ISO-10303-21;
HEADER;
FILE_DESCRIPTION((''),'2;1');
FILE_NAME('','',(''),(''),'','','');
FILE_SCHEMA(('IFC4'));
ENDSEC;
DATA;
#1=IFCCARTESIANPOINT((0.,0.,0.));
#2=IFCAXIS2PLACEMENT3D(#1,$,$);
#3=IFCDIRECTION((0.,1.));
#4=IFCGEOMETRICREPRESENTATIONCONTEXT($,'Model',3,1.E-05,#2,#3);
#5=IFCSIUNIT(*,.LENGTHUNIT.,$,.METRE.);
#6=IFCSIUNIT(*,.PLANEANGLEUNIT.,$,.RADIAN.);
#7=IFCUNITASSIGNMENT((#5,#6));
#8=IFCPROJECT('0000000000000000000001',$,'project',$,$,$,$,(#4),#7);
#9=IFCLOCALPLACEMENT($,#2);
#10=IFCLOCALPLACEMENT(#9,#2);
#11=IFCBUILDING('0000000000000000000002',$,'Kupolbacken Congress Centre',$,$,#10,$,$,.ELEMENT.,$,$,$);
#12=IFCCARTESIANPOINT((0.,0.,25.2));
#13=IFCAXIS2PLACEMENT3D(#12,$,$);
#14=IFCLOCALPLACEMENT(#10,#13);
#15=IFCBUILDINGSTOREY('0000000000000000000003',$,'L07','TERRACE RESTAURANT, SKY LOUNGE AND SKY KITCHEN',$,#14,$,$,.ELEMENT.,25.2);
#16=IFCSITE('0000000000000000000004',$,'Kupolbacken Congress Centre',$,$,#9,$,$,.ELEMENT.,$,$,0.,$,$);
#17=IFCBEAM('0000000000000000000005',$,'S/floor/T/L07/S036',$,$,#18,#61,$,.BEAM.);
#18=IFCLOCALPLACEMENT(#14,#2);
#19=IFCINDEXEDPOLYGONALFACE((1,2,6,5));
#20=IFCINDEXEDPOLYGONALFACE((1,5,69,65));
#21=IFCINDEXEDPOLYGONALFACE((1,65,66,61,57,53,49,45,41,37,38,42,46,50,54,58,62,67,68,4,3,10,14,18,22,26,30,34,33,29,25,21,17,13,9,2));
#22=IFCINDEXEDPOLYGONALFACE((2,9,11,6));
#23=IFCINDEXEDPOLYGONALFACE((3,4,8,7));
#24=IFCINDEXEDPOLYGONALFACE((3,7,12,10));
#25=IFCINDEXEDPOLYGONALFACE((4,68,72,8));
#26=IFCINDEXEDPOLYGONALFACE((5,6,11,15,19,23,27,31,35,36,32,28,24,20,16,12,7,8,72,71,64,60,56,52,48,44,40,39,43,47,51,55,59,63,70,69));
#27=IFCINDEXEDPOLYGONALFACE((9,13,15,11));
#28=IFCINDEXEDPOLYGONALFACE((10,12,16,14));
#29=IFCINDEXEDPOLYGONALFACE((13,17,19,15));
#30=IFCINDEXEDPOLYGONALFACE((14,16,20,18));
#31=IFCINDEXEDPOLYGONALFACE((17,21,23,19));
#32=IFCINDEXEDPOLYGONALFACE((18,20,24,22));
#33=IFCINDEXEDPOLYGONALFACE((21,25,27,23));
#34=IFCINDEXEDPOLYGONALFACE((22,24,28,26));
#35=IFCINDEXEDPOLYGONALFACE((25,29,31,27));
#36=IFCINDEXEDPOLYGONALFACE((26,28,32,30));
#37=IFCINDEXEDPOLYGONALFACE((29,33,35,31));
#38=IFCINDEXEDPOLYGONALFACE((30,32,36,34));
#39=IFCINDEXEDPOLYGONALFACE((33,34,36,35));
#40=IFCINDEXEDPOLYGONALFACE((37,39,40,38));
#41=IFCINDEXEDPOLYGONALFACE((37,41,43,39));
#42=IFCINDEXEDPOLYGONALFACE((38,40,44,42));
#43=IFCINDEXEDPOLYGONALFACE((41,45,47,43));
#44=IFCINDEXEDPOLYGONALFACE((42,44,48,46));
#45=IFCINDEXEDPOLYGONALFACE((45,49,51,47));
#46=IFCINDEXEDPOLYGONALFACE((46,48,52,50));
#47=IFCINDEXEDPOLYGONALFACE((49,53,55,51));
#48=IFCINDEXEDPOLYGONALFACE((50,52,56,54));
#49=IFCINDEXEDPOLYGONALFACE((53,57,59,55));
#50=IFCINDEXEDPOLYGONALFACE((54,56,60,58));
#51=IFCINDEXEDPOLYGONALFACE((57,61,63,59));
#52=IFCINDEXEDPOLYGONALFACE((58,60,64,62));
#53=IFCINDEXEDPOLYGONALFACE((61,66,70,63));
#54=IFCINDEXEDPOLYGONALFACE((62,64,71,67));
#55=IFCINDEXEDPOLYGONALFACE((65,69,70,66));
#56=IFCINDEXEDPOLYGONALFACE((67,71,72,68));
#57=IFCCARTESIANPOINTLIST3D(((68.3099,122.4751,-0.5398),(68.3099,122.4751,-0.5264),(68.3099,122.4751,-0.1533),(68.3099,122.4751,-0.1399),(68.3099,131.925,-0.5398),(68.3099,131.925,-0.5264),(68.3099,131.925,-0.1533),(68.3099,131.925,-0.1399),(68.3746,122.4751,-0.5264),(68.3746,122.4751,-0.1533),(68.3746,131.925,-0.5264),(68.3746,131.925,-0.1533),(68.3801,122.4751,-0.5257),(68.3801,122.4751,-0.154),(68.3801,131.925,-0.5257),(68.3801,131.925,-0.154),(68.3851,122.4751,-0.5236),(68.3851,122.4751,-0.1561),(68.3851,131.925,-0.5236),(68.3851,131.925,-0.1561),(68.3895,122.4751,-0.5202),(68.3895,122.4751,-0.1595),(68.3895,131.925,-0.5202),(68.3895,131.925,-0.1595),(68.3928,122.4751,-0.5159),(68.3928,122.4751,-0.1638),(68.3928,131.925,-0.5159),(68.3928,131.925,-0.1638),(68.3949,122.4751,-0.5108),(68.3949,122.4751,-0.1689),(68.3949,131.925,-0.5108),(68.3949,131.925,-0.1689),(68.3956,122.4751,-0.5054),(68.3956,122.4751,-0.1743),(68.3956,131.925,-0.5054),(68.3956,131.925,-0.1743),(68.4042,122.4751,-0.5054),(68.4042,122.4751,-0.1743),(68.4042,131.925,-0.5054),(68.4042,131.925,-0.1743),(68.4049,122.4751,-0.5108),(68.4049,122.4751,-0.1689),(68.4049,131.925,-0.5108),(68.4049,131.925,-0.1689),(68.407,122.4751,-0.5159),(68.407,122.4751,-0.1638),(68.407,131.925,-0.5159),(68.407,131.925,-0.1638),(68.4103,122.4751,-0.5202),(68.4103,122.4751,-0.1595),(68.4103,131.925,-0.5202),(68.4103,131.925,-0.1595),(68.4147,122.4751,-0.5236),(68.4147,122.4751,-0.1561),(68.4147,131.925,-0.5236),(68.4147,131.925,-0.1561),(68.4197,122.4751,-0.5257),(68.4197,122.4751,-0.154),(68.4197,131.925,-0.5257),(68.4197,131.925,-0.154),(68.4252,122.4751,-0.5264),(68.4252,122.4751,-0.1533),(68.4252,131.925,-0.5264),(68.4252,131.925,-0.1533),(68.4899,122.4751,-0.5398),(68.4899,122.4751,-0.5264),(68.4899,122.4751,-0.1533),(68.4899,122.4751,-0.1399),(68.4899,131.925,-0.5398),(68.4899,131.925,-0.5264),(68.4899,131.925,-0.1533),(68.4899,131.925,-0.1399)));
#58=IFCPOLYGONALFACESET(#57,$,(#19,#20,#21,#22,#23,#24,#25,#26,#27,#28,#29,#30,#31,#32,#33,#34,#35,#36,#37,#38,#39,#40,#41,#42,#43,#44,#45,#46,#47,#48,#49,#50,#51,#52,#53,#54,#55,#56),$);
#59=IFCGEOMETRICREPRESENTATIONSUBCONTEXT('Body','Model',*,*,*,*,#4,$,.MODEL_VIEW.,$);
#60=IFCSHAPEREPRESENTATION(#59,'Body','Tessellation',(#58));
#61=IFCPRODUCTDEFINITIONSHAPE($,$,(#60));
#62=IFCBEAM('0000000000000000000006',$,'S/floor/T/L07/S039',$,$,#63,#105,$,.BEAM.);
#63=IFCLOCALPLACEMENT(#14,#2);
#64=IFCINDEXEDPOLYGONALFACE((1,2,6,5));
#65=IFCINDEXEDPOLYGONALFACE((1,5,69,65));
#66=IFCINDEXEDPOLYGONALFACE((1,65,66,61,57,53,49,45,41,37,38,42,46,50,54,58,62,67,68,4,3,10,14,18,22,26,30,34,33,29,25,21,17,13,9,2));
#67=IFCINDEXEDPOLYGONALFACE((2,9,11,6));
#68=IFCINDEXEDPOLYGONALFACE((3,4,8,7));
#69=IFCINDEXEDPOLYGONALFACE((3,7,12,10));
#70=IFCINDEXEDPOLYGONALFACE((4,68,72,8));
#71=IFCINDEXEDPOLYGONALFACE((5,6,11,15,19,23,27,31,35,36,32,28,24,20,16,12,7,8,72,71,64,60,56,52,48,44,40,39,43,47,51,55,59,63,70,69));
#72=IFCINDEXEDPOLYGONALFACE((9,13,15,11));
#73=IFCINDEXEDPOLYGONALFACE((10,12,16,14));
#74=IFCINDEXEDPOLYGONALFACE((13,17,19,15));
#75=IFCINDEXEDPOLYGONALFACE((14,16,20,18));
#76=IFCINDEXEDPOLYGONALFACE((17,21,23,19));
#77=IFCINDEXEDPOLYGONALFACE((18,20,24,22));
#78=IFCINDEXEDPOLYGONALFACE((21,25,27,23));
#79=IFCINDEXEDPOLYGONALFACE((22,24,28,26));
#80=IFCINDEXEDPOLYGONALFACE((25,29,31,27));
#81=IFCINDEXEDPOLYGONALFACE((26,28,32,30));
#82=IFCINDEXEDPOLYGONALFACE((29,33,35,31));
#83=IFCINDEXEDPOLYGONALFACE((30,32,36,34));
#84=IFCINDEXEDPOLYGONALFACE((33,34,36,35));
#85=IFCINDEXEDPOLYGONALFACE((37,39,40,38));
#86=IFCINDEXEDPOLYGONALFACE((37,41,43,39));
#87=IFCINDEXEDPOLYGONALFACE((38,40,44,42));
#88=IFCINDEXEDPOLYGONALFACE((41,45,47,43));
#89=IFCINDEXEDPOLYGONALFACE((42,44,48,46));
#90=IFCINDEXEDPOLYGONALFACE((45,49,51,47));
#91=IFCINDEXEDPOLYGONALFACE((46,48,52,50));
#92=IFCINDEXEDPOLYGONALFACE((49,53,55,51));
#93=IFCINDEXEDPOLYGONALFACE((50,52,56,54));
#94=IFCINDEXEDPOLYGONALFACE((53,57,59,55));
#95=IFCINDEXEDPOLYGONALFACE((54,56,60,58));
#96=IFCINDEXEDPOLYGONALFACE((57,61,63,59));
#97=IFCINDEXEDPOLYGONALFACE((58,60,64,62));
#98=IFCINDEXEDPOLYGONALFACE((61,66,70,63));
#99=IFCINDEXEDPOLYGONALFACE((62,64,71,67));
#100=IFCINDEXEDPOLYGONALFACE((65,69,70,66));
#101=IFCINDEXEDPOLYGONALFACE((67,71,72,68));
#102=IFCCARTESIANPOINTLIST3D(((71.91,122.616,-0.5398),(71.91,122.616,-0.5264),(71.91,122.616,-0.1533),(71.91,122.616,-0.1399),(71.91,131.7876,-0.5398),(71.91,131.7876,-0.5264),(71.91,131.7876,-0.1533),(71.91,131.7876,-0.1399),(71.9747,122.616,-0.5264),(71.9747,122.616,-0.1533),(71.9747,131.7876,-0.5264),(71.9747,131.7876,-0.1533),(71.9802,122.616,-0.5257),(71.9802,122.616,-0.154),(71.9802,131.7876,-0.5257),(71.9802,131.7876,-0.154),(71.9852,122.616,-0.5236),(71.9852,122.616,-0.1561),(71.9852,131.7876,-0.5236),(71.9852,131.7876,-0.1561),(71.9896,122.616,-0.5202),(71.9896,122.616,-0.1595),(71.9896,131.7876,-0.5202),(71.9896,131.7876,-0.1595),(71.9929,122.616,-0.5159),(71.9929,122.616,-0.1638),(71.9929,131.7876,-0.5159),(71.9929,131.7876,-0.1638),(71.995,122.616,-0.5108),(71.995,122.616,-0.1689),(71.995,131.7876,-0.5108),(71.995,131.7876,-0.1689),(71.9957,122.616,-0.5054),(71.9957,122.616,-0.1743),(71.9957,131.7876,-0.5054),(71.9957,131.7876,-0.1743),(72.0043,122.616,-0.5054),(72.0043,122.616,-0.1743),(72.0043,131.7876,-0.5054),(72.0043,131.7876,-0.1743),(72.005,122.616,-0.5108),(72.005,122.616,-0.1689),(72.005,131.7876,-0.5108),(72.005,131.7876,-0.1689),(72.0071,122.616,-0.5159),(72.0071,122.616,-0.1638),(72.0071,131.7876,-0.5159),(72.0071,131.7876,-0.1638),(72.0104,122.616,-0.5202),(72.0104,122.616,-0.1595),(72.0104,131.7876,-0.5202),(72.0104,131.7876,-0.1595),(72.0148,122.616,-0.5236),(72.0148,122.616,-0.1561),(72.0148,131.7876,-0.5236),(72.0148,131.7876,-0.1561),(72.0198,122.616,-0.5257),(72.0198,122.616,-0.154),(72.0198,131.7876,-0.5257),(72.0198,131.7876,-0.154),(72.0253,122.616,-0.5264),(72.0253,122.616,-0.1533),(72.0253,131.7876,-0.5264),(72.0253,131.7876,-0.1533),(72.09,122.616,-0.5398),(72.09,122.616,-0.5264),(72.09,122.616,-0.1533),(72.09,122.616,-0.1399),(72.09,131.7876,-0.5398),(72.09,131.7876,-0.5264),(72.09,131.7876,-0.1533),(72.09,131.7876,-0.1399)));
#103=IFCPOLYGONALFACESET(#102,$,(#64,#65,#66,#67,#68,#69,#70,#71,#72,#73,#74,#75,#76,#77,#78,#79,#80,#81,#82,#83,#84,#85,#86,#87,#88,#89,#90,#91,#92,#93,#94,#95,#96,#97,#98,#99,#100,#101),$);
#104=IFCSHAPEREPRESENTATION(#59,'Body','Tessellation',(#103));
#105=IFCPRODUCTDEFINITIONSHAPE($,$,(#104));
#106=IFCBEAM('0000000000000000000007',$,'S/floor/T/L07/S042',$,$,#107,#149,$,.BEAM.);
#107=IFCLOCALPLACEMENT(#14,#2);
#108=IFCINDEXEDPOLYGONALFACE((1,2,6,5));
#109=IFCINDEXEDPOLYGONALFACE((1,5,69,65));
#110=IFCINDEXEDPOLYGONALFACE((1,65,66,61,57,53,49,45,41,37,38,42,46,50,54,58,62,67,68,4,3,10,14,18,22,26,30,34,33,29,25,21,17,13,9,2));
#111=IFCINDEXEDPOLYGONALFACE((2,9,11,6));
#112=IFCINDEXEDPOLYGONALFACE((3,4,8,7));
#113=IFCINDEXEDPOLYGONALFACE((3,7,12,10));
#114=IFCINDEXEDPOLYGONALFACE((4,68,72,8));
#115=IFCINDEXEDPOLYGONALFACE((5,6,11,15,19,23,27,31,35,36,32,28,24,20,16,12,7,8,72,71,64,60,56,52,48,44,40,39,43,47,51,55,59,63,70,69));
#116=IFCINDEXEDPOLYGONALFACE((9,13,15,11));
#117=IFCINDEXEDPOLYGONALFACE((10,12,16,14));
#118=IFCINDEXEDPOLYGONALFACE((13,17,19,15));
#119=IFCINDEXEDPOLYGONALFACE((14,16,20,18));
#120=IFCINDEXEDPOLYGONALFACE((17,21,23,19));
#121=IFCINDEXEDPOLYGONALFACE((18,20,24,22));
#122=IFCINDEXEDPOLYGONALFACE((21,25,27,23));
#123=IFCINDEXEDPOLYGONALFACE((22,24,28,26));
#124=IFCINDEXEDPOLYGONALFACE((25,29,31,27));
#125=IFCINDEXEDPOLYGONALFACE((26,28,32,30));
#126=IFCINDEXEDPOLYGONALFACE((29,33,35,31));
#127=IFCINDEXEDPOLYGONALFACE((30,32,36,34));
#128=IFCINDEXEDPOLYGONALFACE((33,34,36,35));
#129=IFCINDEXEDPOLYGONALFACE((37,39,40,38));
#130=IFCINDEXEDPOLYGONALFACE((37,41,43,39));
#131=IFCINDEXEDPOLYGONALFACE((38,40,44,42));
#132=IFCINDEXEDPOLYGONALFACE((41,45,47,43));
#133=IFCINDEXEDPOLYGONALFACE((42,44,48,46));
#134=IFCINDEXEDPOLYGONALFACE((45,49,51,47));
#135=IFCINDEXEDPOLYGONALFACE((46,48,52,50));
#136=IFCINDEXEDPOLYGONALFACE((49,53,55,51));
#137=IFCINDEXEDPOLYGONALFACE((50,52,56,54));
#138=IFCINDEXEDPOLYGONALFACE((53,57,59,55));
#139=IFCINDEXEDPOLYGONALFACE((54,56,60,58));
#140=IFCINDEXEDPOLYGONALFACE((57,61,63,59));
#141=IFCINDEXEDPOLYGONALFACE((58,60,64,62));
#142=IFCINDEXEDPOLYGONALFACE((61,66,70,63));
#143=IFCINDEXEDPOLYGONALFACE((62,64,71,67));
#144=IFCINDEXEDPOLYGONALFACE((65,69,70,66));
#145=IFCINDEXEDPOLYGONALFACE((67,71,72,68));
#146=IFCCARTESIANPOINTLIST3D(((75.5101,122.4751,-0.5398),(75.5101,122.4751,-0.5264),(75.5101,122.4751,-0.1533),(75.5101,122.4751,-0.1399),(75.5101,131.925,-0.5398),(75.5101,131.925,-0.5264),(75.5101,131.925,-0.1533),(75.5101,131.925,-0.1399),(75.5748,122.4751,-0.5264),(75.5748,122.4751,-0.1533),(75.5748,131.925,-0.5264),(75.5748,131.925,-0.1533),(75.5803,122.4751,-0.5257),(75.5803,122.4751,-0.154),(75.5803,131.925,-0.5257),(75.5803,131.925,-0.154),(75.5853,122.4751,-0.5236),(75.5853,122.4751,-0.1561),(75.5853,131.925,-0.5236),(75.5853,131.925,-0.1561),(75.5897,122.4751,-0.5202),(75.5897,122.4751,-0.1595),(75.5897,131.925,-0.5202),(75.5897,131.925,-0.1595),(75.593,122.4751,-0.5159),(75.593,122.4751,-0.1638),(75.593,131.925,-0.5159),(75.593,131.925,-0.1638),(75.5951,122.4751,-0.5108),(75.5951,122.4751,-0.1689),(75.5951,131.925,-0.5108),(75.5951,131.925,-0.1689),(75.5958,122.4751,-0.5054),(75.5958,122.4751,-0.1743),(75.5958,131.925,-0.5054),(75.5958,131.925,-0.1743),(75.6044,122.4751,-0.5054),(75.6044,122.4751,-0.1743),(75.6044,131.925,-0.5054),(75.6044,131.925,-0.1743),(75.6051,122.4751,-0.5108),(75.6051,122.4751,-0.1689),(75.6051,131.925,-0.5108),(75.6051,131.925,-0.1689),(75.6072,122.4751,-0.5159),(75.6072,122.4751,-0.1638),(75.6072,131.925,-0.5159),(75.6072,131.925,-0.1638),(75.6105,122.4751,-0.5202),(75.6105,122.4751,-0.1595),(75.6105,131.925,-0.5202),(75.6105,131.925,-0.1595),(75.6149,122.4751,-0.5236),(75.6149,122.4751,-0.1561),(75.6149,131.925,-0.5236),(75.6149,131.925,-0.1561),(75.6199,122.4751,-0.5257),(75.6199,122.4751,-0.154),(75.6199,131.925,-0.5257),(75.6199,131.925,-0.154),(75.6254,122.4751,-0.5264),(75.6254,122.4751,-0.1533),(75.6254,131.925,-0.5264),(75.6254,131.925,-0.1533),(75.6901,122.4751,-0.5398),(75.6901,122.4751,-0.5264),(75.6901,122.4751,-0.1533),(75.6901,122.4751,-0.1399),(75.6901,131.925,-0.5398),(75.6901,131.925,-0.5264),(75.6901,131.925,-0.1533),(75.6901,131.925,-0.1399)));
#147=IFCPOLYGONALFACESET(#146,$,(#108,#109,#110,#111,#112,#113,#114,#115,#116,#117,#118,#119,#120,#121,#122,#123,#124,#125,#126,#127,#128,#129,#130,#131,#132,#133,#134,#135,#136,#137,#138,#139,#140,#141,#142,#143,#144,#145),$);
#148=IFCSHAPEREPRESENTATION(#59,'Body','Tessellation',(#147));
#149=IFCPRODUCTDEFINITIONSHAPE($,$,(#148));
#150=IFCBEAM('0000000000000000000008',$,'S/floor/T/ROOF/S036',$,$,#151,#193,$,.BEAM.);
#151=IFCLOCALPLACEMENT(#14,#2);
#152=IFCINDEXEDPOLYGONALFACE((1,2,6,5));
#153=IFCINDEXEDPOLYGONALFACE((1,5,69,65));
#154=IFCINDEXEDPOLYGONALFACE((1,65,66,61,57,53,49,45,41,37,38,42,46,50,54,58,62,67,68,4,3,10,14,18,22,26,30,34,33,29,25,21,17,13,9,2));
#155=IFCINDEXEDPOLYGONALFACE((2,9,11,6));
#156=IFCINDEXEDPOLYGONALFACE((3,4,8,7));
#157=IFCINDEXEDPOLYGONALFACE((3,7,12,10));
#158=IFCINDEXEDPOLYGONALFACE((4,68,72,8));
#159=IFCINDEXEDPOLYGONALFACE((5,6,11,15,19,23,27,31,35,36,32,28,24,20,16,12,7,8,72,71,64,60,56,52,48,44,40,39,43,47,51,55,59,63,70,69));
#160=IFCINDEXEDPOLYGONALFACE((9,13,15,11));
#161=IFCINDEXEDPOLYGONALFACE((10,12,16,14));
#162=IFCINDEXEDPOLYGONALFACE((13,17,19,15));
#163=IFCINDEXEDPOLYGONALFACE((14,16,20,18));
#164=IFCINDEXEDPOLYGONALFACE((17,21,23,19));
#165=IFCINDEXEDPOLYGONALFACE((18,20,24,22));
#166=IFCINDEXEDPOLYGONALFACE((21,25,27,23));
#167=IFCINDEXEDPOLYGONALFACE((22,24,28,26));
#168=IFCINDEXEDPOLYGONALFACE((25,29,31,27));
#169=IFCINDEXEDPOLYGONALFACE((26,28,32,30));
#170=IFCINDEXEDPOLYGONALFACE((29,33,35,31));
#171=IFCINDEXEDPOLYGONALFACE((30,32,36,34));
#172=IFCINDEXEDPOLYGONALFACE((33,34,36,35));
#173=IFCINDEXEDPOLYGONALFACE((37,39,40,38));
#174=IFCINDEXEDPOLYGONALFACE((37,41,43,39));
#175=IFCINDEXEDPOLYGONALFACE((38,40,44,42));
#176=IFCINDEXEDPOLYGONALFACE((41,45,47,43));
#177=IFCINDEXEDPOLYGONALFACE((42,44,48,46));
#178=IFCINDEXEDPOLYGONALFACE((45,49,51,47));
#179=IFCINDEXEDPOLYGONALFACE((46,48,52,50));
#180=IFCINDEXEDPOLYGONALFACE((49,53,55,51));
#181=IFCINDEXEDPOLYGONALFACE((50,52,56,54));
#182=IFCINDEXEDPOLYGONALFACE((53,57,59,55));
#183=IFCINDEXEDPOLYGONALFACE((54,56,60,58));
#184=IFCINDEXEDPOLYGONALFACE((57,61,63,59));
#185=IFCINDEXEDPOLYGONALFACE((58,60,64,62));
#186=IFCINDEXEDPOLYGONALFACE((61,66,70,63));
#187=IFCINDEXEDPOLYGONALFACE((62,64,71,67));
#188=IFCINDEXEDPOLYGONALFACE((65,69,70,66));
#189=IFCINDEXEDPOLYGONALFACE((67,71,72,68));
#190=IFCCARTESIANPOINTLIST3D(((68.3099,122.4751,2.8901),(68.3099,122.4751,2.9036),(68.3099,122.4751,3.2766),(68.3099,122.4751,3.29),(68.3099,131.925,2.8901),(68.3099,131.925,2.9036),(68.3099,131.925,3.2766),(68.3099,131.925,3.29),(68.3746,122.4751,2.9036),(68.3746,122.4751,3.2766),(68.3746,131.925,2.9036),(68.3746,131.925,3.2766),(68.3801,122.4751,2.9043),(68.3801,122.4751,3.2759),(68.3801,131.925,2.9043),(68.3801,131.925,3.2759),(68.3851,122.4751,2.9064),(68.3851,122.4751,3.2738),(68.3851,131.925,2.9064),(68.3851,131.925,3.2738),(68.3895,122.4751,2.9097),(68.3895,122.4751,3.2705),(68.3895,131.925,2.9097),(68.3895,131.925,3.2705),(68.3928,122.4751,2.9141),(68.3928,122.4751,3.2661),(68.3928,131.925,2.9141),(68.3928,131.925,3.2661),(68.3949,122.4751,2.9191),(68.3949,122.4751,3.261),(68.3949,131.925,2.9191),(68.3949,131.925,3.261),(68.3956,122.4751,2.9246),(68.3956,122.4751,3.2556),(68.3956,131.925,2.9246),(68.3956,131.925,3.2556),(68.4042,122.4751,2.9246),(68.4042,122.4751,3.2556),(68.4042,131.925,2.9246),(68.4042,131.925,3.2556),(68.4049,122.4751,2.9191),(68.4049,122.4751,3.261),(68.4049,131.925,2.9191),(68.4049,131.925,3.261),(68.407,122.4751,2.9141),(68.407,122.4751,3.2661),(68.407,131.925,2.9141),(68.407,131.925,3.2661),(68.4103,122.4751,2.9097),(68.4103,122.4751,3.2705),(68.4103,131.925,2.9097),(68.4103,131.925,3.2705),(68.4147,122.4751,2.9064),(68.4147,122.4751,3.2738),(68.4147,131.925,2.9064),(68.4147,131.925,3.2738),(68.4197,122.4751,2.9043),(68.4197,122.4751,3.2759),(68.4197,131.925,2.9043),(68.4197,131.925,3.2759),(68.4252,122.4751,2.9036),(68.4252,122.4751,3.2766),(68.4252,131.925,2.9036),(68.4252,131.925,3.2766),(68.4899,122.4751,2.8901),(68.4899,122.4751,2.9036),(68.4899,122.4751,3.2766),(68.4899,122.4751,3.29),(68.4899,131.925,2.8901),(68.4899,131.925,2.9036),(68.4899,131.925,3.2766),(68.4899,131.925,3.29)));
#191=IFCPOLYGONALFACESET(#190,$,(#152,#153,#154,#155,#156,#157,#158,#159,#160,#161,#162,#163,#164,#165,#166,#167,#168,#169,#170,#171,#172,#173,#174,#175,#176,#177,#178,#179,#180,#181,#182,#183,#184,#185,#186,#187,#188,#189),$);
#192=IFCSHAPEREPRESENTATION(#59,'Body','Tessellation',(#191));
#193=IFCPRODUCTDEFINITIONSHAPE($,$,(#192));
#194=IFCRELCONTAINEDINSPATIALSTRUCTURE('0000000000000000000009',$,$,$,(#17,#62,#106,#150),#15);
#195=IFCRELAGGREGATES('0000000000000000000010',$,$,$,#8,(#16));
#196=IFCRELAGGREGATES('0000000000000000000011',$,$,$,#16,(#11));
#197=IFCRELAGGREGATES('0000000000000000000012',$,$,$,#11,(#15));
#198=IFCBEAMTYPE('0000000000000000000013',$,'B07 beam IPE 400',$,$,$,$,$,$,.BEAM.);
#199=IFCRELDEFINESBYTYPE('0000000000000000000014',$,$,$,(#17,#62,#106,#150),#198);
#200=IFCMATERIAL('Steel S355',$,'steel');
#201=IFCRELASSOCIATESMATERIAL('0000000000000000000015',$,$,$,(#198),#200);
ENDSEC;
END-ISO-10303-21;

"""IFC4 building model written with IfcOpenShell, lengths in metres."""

from ifc_helpers import new_model, si_unit, direction, frame, origin, origin_2d, place, context, subcontext, project, spatial, i_section, extrude, material, material_profile, profile_set, type_object, element, save


model = new_model("IFC4")

# Units and contexts
model_context = context("Model", 3, precision=1e-05, world=origin(), true_north=direction((0.0, 1.0)))
body_context = subcontext(model_context, "Body", "Model", "MODEL_VIEW")
ifc_project = project(units=[si_unit("LENGTHUNIT", "METRE"), si_unit("PLANEANGLEUNIT", "RADIAN")], contexts=[model_context])

# Site, building, storey
site_placement = place(None, origin())
site = spatial("IfcSite", under=ifc_project, at=site_placement, Name="Kupolbacken Congress Centre", CompositionType="ELEMENT", RefElevation=0.0)
building_placement = place(site_placement, origin())
building = spatial("IfcBuilding", under=site, at=building_placement, Name="Kupolbacken Congress Centre", CompositionType="ELEMENT")
storey_placement = place(building_placement, frame((0.0, 0.0, 25.2)))
storey = spatial("IfcBuildingStorey", under=building, at=storey_placement, Name="L07", Description="TERRACE RESTAURANT, SKY LOUNGE AND SKY KITCHEN", CompositionType="ELEMENT", Elevation=25.2)

# Beams
ifc_material_1 = material(Name="Steel S355", Category="steel")
ifc_material_profile_1 = material_profile(ifc_material_1, i_section(OverallWidth=0.1799, OverallDepth=0.3999, WebThickness=0.0085, FlangeThickness=0.0134, FilletRadius=0.021, at=origin_2d()), Name="IPE 400")
ifc_profile_set_1 = profile_set([ifc_material_profile_1], Name="Steel S355")
beam_type = type_object("IfcBeamType", Name="B07 beam IPE 400", PredefinedType="BEAM", material=ifc_profile_set_1)
beam_1_placement = place(storey_placement, frame((68.3999, 122.4751, -0.3398), z_axis=(0.0, 1.0, 0.0), x_axis=(-1.0, 0.0, 0.0)))
element("IfcBeam", 1, at=beam_1_placement, inside=storey, type_object=beam_type, Name="S/floor/T/L07/S036", PredefinedType="BEAM", context=body_context, shape_type="SweptSolid", body=[
    extrude(i_section(OverallWidth=0.1799, OverallDepth=0.3999, WebThickness=0.0085, FlangeThickness=0.0134, FilletRadius=0.021, at=origin_2d()), origin(), (0.0, 0.0, 1.0), 9.45),
])
beam_2_placement = place(storey_placement, frame((72.0, 122.616, -0.3398), z_axis=(0.0, 1.0, 0.0), x_axis=(-1.0, 0.0, 0.0)))
element("IfcBeam", 2, at=beam_2_placement, inside=storey, type_object=beam_type, Name="S/floor/T/L07/S039", PredefinedType="BEAM", context=body_context, shape_type="SweptSolid", body=[
    extrude(i_section(OverallWidth=0.1799, OverallDepth=0.3999, WebThickness=0.0085, FlangeThickness=0.0134, FilletRadius=0.021, at=origin_2d()), origin(), (0.0, 0.0, 1.0), 9.1716),
])
for number, where, z_axis, x_axis, name in (
    (3, (75.6001, 122.4751, -0.3398), (0.0, 1.0, 0.0), (-1.0, 0.0, 0.0), "S/floor/T/L07/S042"),
    (4, (68.3999, 122.4751, 3.0901), (0.0, 1.0, 0.0), (-1.0, 0.0, 0.0), "S/floor/T/ROOF/S036"),
):
    element("IfcBeam", number, at=place(storey_placement, frame(where, z_axis=z_axis, x_axis=x_axis)), inside=storey, type_object=beam_type, Name=name, PredefinedType="BEAM", context=body_context, shape_type="SweptSolid", body=[
        extrude(i_section(OverallWidth=0.1799, OverallDepth=0.3999, WebThickness=0.0085, FlangeThickness=0.0134, FilletRadius=0.021, at=origin_2d()), origin(), (0.0, 0.0, 1.0), 9.45),
    ])

save(model, "model.ifc")
